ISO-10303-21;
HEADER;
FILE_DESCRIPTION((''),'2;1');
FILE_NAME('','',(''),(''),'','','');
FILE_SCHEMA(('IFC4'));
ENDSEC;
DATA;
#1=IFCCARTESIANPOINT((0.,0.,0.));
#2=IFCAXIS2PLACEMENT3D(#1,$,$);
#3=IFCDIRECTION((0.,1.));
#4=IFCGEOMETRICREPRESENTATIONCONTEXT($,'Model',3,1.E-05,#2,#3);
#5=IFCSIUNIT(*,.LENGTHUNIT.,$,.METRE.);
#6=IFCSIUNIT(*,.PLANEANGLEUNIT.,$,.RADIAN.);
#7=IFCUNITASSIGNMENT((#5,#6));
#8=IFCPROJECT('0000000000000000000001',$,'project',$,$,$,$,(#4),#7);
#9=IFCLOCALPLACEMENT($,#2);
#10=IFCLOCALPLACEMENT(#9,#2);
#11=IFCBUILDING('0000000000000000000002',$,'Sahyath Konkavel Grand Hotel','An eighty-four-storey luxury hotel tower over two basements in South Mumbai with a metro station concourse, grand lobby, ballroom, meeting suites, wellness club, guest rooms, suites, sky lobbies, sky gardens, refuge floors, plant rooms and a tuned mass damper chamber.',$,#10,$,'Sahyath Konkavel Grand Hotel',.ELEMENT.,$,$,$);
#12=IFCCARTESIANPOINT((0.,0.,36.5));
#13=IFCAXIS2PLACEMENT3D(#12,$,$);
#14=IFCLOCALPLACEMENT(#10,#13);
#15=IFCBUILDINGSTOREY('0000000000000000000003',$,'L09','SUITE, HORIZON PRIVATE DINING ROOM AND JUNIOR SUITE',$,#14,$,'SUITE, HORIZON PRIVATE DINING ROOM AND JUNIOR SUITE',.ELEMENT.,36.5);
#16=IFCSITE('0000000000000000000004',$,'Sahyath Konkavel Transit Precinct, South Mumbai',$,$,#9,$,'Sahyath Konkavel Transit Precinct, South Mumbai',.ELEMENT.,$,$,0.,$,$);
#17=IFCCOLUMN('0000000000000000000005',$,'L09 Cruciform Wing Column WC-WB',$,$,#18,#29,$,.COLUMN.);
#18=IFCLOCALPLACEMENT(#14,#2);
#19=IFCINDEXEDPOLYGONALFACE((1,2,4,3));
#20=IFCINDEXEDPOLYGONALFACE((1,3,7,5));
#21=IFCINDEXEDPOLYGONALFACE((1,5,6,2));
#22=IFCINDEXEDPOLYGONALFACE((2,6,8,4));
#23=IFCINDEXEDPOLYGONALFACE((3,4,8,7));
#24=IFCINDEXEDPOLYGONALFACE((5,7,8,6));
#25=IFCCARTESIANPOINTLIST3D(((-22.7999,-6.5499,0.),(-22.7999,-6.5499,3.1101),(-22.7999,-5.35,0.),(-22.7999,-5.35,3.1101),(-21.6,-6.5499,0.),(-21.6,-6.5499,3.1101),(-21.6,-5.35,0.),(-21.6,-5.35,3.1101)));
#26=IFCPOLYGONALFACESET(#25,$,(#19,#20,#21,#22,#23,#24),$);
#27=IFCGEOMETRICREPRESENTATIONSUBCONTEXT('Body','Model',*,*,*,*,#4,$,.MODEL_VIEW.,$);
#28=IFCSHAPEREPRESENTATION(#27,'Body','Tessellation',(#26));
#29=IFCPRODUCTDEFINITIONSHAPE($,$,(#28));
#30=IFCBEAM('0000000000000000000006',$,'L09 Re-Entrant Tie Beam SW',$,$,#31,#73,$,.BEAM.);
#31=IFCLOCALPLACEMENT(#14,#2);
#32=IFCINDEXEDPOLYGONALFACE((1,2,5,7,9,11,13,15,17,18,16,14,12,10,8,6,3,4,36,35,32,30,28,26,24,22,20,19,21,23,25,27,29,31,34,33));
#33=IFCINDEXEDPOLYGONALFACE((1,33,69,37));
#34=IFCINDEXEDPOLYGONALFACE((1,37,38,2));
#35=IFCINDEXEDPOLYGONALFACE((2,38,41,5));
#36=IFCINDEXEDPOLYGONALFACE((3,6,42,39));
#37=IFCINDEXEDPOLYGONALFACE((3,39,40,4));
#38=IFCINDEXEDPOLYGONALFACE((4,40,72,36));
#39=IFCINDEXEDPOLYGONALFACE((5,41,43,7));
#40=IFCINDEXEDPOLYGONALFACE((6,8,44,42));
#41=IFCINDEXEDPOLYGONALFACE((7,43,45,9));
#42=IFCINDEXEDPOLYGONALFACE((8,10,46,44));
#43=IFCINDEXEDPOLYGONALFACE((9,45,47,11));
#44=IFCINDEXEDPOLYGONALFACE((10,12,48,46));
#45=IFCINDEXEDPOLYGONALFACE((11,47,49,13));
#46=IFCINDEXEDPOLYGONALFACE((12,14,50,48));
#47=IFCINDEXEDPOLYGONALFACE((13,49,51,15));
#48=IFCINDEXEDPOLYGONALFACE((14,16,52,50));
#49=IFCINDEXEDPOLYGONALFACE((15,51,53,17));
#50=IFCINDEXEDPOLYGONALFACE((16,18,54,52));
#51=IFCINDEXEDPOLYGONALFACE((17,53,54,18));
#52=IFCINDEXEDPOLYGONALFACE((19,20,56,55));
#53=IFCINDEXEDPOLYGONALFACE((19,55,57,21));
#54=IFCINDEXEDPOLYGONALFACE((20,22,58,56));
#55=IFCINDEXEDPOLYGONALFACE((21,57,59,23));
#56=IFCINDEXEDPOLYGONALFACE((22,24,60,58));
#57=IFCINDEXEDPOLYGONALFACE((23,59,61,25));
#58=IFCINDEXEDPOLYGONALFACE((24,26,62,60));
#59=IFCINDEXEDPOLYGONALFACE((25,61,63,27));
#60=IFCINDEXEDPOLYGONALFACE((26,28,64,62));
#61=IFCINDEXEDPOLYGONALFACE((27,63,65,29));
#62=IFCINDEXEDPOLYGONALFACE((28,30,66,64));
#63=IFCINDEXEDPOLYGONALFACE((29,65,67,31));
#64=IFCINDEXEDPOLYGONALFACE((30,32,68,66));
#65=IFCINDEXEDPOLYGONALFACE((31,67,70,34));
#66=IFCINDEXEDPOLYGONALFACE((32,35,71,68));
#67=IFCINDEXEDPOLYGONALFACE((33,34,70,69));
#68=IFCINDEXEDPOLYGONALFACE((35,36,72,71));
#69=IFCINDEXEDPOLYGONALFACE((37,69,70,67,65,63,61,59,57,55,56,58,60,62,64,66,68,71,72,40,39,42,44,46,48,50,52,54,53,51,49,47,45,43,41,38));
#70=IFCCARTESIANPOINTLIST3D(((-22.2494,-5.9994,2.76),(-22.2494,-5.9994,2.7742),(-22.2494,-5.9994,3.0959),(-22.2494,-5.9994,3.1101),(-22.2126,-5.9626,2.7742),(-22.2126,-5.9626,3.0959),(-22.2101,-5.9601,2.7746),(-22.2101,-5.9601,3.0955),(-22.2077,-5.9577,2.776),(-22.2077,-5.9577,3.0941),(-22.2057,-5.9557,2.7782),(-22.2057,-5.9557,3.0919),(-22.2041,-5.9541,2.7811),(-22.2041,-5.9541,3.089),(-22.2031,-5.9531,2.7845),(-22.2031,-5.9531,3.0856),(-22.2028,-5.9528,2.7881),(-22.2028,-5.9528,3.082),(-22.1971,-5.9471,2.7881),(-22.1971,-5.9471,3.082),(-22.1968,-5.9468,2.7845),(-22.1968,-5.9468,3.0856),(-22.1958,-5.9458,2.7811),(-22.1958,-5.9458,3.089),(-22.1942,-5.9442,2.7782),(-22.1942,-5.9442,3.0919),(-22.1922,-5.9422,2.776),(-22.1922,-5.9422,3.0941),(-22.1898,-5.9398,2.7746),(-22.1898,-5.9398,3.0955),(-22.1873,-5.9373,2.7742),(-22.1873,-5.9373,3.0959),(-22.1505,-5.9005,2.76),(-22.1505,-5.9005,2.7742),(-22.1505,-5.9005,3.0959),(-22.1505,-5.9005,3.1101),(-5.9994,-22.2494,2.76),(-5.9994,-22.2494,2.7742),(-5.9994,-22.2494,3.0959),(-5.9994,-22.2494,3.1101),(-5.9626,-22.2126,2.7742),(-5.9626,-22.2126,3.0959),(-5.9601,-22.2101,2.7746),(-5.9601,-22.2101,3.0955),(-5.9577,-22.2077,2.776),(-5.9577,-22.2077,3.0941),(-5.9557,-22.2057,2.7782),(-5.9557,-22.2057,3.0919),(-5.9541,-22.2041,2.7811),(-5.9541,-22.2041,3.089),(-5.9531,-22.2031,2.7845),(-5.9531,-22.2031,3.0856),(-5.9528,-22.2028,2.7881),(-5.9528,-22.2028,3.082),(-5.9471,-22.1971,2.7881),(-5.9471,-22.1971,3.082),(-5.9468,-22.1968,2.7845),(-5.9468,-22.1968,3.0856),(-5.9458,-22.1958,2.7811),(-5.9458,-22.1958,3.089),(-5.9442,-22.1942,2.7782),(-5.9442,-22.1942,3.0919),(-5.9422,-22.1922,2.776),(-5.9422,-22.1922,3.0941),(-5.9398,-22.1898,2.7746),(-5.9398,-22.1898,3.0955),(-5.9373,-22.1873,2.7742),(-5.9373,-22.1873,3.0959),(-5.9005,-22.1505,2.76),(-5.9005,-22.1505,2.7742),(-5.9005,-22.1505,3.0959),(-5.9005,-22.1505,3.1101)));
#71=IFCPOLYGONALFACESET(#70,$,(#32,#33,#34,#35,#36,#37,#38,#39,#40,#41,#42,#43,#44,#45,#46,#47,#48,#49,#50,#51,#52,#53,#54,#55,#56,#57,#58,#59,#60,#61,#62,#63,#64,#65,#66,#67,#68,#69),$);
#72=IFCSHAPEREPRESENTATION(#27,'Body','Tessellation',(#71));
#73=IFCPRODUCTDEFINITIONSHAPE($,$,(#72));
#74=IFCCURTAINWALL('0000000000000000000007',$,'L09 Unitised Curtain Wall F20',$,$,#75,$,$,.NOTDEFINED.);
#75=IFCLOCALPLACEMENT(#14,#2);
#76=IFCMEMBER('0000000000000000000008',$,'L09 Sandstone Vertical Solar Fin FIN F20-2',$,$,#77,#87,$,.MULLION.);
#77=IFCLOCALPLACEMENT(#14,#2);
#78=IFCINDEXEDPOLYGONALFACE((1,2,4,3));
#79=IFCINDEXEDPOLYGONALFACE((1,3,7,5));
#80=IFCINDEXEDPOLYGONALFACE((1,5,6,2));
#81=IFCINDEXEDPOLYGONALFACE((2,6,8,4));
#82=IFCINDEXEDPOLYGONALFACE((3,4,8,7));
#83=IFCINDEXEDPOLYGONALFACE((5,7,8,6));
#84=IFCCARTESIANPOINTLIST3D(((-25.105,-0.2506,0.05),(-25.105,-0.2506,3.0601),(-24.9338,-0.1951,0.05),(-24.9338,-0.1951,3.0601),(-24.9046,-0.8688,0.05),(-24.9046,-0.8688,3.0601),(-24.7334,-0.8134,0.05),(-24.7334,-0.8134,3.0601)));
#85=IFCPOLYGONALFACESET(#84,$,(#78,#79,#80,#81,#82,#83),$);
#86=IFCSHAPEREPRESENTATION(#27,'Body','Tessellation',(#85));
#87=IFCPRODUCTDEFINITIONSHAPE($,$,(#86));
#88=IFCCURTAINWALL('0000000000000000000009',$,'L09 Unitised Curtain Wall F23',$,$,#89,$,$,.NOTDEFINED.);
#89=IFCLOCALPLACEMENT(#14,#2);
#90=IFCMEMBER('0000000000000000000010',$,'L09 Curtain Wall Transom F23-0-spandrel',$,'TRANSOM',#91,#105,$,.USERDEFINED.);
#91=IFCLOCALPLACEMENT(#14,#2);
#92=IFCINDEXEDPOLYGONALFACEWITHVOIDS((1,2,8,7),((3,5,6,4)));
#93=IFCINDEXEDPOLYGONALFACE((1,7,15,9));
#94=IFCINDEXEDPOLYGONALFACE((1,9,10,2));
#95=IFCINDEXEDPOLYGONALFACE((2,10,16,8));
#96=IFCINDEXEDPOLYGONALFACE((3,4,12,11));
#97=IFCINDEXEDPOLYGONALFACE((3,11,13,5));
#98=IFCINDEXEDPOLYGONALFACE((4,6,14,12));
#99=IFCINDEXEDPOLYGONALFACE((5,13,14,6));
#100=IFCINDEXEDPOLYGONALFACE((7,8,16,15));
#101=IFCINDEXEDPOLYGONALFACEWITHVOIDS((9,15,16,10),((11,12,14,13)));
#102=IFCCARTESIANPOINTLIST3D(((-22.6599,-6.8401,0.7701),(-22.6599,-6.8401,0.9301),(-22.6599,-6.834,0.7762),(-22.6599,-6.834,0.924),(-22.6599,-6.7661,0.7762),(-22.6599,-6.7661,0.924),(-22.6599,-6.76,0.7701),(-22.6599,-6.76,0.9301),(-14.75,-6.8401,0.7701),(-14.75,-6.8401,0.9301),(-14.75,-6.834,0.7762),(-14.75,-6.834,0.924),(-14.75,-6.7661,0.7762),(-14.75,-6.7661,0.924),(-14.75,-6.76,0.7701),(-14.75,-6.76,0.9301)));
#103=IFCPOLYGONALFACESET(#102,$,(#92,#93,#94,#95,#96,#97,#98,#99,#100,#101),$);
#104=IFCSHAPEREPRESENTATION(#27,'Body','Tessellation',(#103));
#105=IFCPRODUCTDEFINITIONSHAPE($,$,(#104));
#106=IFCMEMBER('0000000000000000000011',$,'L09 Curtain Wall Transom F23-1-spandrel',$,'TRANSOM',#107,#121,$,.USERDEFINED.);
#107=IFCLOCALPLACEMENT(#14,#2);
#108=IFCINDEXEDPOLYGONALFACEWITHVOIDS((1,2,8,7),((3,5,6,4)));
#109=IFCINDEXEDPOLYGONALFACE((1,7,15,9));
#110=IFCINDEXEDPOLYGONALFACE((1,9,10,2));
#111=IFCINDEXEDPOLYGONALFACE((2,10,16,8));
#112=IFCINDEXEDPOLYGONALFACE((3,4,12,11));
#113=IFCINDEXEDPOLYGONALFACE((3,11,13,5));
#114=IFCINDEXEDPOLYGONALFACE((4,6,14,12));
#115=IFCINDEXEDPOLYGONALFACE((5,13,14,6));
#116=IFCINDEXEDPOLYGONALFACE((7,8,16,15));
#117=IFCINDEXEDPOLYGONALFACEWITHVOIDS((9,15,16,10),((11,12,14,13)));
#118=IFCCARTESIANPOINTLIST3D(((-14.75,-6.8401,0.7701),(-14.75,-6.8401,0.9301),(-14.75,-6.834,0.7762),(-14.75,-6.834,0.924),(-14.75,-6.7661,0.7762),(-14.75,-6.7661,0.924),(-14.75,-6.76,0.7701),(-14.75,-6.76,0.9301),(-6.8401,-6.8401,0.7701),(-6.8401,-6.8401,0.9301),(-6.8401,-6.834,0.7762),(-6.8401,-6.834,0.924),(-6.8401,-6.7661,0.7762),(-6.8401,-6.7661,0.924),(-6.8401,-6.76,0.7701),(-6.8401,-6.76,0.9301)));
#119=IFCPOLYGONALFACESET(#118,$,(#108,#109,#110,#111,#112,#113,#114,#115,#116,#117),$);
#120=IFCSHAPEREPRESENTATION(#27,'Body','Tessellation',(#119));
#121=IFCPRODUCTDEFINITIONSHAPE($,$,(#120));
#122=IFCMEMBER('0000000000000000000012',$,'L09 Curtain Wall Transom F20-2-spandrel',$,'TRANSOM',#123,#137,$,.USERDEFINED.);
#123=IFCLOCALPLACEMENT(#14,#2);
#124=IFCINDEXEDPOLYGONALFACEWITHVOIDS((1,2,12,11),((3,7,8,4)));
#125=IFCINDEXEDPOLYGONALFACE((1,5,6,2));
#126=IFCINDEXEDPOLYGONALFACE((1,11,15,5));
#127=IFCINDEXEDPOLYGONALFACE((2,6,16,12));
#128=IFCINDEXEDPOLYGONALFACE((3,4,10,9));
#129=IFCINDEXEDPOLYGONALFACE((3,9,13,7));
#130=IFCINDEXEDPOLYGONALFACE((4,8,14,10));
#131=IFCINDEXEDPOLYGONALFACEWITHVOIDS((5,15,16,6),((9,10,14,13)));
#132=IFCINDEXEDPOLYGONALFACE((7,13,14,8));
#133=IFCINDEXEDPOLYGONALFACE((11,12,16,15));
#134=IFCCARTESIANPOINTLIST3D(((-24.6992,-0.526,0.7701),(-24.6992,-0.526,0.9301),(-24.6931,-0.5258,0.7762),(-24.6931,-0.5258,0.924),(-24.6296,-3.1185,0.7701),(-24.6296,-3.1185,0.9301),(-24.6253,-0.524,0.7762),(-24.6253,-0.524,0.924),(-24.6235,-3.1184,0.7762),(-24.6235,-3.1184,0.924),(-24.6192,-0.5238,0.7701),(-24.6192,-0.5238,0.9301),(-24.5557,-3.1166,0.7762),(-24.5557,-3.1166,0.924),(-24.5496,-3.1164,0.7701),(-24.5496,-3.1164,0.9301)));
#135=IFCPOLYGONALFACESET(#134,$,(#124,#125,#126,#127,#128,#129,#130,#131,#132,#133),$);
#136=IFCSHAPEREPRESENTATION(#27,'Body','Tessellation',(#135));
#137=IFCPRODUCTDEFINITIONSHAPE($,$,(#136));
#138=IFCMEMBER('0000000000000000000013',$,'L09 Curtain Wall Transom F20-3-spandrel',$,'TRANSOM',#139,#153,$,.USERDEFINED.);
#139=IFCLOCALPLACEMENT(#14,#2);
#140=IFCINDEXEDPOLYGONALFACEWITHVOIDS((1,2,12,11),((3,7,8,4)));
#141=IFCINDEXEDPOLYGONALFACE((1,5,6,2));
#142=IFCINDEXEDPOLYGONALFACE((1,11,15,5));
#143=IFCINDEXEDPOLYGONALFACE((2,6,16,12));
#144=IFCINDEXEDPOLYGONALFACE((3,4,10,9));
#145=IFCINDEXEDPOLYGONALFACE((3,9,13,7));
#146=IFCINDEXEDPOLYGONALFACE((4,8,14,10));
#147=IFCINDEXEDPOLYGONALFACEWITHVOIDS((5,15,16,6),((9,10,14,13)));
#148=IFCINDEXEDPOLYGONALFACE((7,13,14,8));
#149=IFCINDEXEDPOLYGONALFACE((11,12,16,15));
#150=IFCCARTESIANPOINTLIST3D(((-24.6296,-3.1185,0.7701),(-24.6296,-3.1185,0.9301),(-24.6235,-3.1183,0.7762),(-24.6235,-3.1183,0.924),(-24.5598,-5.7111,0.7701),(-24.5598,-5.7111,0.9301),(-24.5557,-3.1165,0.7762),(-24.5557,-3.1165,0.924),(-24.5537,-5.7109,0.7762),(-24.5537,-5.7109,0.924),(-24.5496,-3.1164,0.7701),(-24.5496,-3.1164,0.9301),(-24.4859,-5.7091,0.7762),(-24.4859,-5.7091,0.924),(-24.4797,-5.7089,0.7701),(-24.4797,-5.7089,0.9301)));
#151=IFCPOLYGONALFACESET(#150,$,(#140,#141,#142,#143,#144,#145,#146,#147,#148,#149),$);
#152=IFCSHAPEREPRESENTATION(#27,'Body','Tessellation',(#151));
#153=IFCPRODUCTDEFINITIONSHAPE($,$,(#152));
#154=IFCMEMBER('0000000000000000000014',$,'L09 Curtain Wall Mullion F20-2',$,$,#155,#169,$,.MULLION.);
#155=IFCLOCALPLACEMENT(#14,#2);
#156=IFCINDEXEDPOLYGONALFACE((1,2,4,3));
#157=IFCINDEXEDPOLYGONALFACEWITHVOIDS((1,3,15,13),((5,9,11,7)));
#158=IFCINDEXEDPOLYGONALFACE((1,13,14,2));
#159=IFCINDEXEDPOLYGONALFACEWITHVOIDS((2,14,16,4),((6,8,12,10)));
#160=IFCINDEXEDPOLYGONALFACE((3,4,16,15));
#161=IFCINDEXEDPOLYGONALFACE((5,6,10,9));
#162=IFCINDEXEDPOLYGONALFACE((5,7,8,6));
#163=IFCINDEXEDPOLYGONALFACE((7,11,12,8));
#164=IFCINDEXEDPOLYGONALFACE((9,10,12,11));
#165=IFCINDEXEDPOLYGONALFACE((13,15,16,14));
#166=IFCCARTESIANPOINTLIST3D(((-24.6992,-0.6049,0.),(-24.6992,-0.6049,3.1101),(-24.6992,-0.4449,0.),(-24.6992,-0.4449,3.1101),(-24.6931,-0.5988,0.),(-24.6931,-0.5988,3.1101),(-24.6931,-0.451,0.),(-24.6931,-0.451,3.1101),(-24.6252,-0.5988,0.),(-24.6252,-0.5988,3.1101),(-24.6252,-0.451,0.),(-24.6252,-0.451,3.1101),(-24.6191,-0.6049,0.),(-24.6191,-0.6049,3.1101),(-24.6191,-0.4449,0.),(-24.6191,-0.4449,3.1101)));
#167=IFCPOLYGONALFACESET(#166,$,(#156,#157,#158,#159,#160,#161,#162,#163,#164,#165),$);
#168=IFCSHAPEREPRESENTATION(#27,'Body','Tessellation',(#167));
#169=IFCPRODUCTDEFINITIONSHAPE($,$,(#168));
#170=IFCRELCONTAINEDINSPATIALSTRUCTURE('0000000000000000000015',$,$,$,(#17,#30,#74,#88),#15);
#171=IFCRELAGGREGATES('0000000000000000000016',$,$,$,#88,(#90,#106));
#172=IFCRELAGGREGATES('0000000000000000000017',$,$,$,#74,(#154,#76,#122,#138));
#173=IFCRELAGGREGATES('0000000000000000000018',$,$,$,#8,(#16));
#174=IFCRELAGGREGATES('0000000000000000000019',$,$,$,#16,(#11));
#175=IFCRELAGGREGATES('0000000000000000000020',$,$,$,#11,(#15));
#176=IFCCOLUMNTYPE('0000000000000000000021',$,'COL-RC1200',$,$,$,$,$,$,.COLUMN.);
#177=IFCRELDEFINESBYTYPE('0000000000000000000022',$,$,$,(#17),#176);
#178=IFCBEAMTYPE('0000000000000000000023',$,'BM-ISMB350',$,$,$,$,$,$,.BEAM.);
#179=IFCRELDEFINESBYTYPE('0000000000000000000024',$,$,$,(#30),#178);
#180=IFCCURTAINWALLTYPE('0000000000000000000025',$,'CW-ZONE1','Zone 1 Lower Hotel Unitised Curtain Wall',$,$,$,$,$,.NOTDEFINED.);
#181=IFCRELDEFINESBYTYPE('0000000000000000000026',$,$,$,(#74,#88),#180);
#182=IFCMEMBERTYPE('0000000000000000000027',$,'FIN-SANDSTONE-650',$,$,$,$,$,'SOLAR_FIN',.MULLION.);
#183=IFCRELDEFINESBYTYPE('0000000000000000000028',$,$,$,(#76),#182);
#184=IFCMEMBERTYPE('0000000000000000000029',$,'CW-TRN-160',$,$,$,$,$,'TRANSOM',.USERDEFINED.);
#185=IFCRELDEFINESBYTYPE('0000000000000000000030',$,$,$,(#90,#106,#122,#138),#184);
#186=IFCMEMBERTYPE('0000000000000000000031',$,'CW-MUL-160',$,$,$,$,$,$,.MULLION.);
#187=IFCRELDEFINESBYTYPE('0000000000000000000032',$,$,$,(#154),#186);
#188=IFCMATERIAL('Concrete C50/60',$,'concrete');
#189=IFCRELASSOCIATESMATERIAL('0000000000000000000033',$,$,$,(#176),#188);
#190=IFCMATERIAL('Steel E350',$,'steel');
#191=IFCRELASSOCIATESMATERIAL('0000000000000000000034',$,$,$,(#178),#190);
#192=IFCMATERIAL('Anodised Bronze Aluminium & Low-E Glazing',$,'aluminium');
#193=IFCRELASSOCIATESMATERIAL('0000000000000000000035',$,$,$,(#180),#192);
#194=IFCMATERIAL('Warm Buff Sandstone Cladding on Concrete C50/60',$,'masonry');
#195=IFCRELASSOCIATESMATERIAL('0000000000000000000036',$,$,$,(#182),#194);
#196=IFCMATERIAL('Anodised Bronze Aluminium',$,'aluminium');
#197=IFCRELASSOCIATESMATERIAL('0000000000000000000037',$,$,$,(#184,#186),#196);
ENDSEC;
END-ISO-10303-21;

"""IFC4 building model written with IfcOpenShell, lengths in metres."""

from ifc_helpers import new_model, si_unit, direction, frame, origin, origin_2d, place, context, subcontext, project, spatial, rectangle, hollow_rectangle, i_section, extrude, source, transform, mapped, material, material_profile, profile_set, type_object, element, aggregate, save


model = new_model("IFC4")

# Units and contexts
model_context = context("Model", 3, precision=1e-05, world=origin(), true_north=direction((0.0, 1.0)))
body_context = subcontext(model_context, "Body", "Model", "MODEL_VIEW")
ifc_project = project(units=[si_unit("LENGTHUNIT", "METRE"), si_unit("PLANEANGLEUNIT", "RADIAN")], contexts=[model_context])

# Site, building, storey
site_placement = place(None, origin())
site = spatial("IfcSite", under=ifc_project, at=site_placement, Name="Sahyath Konkavel Transit Precinct, South Mumbai", LongName="Sahyath Konkavel Transit Precinct, South Mumbai", CompositionType="ELEMENT", RefElevation=0.0)
building_placement = place(site_placement, origin())
building = spatial("IfcBuilding", under=site, at=building_placement, Name="Sahyath Konkavel Grand Hotel", Description="An eighty-four-storey luxury hotel tower over two basements in South Mumbai with a metro station concourse, grand lobby, ballroom, meeting suites, wellness club, guest rooms, suites, sky lobbies, sky gardens, refuge floors, plant rooms and a tuned mass damper chamber.", LongName="Sahyath Konkavel Grand Hotel", CompositionType="ELEMENT")
storey_placement = place(building_placement, frame((0.0, 0.0, 36.5)))
storey = spatial("IfcBuildingStorey", under=building, at=storey_placement, Name="L09", Description="SUITE, HORIZON PRIVATE DINING ROOM AND JUNIOR SUITE", LongName="SUITE, HORIZON PRIVATE DINING ROOM AND JUNIOR SUITE", CompositionType="ELEMENT", Elevation=36.5)

# Column
ifc_material_1 = material(Name="Concrete C50/60", Category="concrete")
ifc_material_profile_1 = material_profile(ifc_material_1, rectangle(XDim=1.2, YDim=1.2, at=origin_2d()), Name="RC 1200x1200")
ifc_profile_set_1 = profile_set([ifc_material_profile_1], Name="Concrete C50/60")
column_type = type_object("IfcColumnType", Name="COL-RC1200", PredefinedType="COLUMN", material=ifc_profile_set_1)
shared_shape_1 = source(origin(), body_context, "Body", "SweptSolid", [
    extrude(rectangle(XDim=1.2, YDim=1.2, at=origin_2d()), origin(), (0.0, 0.0, 1.0), 3.1101),
])
column_placement = place(storey_placement, frame((-22.2, -5.95, 0.0), z_axis=(0.0, 0.0, 1.0), x_axis=(1.0, 0.0, 0.0)))
element("IfcColumn", 1, at=column_placement, inside=storey, type_object=column_type, Name="L09 Cruciform Wing Column WC-WB", PredefinedType="COLUMN", context=body_context, shape_type="MappedRepresentation", body=[
    mapped(shared_shape_1, transform((0.0, 0.0, 0.0), scale=1.0)),
])

# Beam
ifc_material_2 = material(Name="Steel E350", Category="steel")
ifc_material_profile_2 = material_profile(ifc_material_2, i_section(OverallWidth=0.1399, OverallDepth=0.3501, WebThickness=0.0081, FlangeThickness=0.0142, FilletRadius=0.0139, at=origin_2d()), Name="ISMB 350")
ifc_profile_set_2 = profile_set([ifc_material_profile_2], Name="Steel E350")
beam_type = type_object("IfcBeamType", Name="BM-ISMB350", PredefinedType="BEAM", material=ifc_profile_set_2)
shared_shape_2 = source(origin(), body_context, "Body", "SweptSolid", [
    extrude(i_section(OverallWidth=0.1399, OverallDepth=0.3501, WebThickness=0.0081, FlangeThickness=0.0142, FilletRadius=0.0139, at=origin_2d()), origin(), (0.0, 0.0, 1.0), 22.981),
])
beam_placement = place(storey_placement, frame((-22.2, -5.95, 2.9351), z_axis=(0.707107, -0.707107, 0.0), x_axis=(0.707107, 0.707107, 0.0)))
element("IfcBeam", 2, at=beam_placement, inside=storey, type_object=beam_type, Name="L09 Re-Entrant Tie Beam SW", PredefinedType="BEAM", context=body_context, shape_type="MappedRepresentation", body=[
    mapped(shared_shape_2, transform((0.0, 0.0, 0.0), scale=1.0)),
])

# Curtain wall, member
ifc_material_3 = material(Name="Anodised Bronze Aluminium & Low-E Glazing", Category="aluminium")
curtain_wall_type = type_object("IfcCurtainWallType", Name="CW-ZONE1", Description="Zone 1 Lower Hotel Unitised Curtain Wall", PredefinedType="NOTDEFINED", material=ifc_material_3)
curtain_wall_1_placement = place(storey_placement, origin())
curtain_wall_1 = element("IfcCurtainWall", 3, at=curtain_wall_1_placement, inside=storey, type_object=curtain_wall_type, Name="L09 Unitised Curtain Wall F20", PredefinedType="NOTDEFINED")
ifc_material_4 = material(Name="Warm Buff Sandstone Cladding on Concrete C50/60", Category="masonry")
ifc_material_profile_3 = material_profile(ifc_material_4, rectangle(XDim=0.1799, YDim=0.6499, at=origin_2d()), Name="FIN 180x650")
ifc_profile_set_3 = profile_set([ifc_material_profile_3], Name="Warm Buff Sandstone Cladding on Concrete C50/60")
member_type_1 = type_object("IfcMemberType", Name="FIN-SANDSTONE-650", ElementType="SOLAR_FIN", PredefinedType="MULLION", material=ifc_profile_set_3)
shared_shape_3 = source(origin(), body_context, "Body", "SweptSolid", [
    extrude(rectangle(XDim=0.1799, YDim=0.6499, at=origin_2d()), origin(), (0.0, 0.0, 1.0), 3.01),
])
member_1_placement = place(storey_placement, frame((-24.9192, -0.532, 0.05), z_axis=(0.0, 0.0, 1.0), x_axis=(0.951272, 0.308353, 0.0)))
member_1 = element("IfcMember", 4, at=member_1_placement, type_object=member_type_1, Name="L09 Sandstone Vertical Solar Fin FIN F20-2", PredefinedType="MULLION", context=body_context, shape_type="MappedRepresentation", body=[
    mapped(shared_shape_3, transform((0.0, 0.0, 0.0), scale=1.0)),
])

# Curtain wall, members
curtain_wall_2_placement = place(storey_placement, origin())
curtain_wall_2 = element("IfcCurtainWall", 5, at=curtain_wall_2_placement, inside=storey, type_object=curtain_wall_type, Name="L09 Unitised Curtain Wall F23", PredefinedType="NOTDEFINED")
ifc_material_5 = material(Name="Anodised Bronze Aluminium", Category="aluminium")
ifc_material_profile_4 = material_profile(ifc_material_5, hollow_rectangle(XDim=0.0801, YDim=0.1599, WallThickness=0.0061, at=origin_2d()), Name="RHS 160x80x6")
ifc_profile_set_4 = profile_set([ifc_material_profile_4], Name="Anodised Bronze Aluminium")
member_type_2 = type_object("IfcMemberType", Name="CW-TRN-160", ElementType="TRANSOM", PredefinedType="USERDEFINED", material=ifc_profile_set_4)
shared_shape_4 = source(origin(), body_context, "Body", "SweptSolid", [
    extrude(hollow_rectangle(XDim=0.0801, YDim=0.1599, WallThickness=0.0061, at=origin_2d()), origin(), (0.0, 0.0, 1.0), 7.9099),
])
member_2_placement = place(storey_placement, frame((-22.6599, -6.8, 0.8501), z_axis=(1.0, 0.0, 0.0), x_axis=(0.0, 1.0, 0.0)))
member_2 = element("IfcMember", 6, at=member_2_placement, type_object=member_type_2, Name="L09 Curtain Wall Transom F23-0-spandrel", ObjectType="TRANSOM", PredefinedType="USERDEFINED", context=body_context, shape_type="MappedRepresentation", body=[
    mapped(shared_shape_4, transform((0.0, 0.0, 0.0), scale=1.0)),
])
member_3_placement = place(storey_placement, frame((-14.75, -6.8, 0.8501), z_axis=(1.0, 0.0, 0.0), x_axis=(0.0, 1.0, 0.0)))
member_3 = element("IfcMember", 7, at=member_3_placement, type_object=member_type_2, Name="L09 Curtain Wall Transom F23-1-spandrel", ObjectType="TRANSOM", PredefinedType="USERDEFINED", context=body_context, shape_type="MappedRepresentation", body=[
    mapped(shared_shape_4, transform((0.0, 0.0, 0.0), scale=1.0)),
])

# Members
shared_shape_5 = source(origin(), body_context, "Body", "SweptSolid", [
    extrude(hollow_rectangle(XDim=0.0801, YDim=0.1599, WallThickness=0.0061, at=origin_2d()), origin(), (0.0, 0.0, 1.0), 2.5935),
])
member_4_placement = place(storey_placement, frame((-24.6592, -0.5249, 0.8501), z_axis=(0.026829, -0.99964, 0.0), x_axis=(0.99964, 0.026829, 0.0)))
member_4 = element("IfcMember", 8, at=member_4_placement, type_object=member_type_2, Name="L09 Curtain Wall Transom F20-2-spandrel", ObjectType="TRANSOM", PredefinedType="USERDEFINED", context=body_context, shape_type="MappedRepresentation", body=[
    mapped(shared_shape_5, transform((0.0, 0.0, 0.0), scale=1.0)),
])
member_5_placement = place(storey_placement, frame((-24.5896, -3.1174, 0.8501), z_axis=(0.026923, -0.999638, 0.0), x_axis=(0.999638, 0.026923, 0.0)))
member_5 = element("IfcMember", 9, at=member_5_placement, type_object=member_type_2, Name="L09 Curtain Wall Transom F20-3-spandrel", ObjectType="TRANSOM", PredefinedType="USERDEFINED", context=body_context, shape_type="MappedRepresentation", body=[
    mapped(shared_shape_5, transform((0.0, 0.0, 0.0), scale=1.0)),
])
ifc_material_profile_5 = material_profile(ifc_material_5, hollow_rectangle(XDim=0.0801, YDim=0.1599, WallThickness=0.0061, at=origin_2d()), Name="RHS 160x80x6")
ifc_profile_set_5 = profile_set([ifc_material_profile_5], Name="Anodised Bronze Aluminium")
member_type_3 = type_object("IfcMemberType", Name="CW-MUL-160", PredefinedType="MULLION", material=ifc_profile_set_5)
shared_shape_6 = source(origin(), body_context, "Body", "SweptSolid", [
    extrude(hollow_rectangle(XDim=0.0801, YDim=0.1599, WallThickness=0.0061, at=origin_2d()), origin(), (0.0, 0.0, 1.0), 3.1101),
])
member_6_placement = place(storey_placement, frame((-24.6592, -0.5249, 0.0), z_axis=(0.0, 0.0, 1.0), x_axis=(1.0, 0.0, 0.0)))
member_6 = element("IfcMember", 10, at=member_6_placement, type_object=member_type_3, Name="L09 Curtain Wall Mullion F20-2", PredefinedType="MULLION", context=body_context, shape_type="MappedRepresentation", body=[
    mapped(shared_shape_6, transform((0.0, 0.0, 0.0), scale=1.0)),
])

aggregate(curtain_wall_2, [member_2, member_3])
aggregate(curtain_wall_1, [member_6, member_1, member_4, member_5])

save(model, "model.ifc")
